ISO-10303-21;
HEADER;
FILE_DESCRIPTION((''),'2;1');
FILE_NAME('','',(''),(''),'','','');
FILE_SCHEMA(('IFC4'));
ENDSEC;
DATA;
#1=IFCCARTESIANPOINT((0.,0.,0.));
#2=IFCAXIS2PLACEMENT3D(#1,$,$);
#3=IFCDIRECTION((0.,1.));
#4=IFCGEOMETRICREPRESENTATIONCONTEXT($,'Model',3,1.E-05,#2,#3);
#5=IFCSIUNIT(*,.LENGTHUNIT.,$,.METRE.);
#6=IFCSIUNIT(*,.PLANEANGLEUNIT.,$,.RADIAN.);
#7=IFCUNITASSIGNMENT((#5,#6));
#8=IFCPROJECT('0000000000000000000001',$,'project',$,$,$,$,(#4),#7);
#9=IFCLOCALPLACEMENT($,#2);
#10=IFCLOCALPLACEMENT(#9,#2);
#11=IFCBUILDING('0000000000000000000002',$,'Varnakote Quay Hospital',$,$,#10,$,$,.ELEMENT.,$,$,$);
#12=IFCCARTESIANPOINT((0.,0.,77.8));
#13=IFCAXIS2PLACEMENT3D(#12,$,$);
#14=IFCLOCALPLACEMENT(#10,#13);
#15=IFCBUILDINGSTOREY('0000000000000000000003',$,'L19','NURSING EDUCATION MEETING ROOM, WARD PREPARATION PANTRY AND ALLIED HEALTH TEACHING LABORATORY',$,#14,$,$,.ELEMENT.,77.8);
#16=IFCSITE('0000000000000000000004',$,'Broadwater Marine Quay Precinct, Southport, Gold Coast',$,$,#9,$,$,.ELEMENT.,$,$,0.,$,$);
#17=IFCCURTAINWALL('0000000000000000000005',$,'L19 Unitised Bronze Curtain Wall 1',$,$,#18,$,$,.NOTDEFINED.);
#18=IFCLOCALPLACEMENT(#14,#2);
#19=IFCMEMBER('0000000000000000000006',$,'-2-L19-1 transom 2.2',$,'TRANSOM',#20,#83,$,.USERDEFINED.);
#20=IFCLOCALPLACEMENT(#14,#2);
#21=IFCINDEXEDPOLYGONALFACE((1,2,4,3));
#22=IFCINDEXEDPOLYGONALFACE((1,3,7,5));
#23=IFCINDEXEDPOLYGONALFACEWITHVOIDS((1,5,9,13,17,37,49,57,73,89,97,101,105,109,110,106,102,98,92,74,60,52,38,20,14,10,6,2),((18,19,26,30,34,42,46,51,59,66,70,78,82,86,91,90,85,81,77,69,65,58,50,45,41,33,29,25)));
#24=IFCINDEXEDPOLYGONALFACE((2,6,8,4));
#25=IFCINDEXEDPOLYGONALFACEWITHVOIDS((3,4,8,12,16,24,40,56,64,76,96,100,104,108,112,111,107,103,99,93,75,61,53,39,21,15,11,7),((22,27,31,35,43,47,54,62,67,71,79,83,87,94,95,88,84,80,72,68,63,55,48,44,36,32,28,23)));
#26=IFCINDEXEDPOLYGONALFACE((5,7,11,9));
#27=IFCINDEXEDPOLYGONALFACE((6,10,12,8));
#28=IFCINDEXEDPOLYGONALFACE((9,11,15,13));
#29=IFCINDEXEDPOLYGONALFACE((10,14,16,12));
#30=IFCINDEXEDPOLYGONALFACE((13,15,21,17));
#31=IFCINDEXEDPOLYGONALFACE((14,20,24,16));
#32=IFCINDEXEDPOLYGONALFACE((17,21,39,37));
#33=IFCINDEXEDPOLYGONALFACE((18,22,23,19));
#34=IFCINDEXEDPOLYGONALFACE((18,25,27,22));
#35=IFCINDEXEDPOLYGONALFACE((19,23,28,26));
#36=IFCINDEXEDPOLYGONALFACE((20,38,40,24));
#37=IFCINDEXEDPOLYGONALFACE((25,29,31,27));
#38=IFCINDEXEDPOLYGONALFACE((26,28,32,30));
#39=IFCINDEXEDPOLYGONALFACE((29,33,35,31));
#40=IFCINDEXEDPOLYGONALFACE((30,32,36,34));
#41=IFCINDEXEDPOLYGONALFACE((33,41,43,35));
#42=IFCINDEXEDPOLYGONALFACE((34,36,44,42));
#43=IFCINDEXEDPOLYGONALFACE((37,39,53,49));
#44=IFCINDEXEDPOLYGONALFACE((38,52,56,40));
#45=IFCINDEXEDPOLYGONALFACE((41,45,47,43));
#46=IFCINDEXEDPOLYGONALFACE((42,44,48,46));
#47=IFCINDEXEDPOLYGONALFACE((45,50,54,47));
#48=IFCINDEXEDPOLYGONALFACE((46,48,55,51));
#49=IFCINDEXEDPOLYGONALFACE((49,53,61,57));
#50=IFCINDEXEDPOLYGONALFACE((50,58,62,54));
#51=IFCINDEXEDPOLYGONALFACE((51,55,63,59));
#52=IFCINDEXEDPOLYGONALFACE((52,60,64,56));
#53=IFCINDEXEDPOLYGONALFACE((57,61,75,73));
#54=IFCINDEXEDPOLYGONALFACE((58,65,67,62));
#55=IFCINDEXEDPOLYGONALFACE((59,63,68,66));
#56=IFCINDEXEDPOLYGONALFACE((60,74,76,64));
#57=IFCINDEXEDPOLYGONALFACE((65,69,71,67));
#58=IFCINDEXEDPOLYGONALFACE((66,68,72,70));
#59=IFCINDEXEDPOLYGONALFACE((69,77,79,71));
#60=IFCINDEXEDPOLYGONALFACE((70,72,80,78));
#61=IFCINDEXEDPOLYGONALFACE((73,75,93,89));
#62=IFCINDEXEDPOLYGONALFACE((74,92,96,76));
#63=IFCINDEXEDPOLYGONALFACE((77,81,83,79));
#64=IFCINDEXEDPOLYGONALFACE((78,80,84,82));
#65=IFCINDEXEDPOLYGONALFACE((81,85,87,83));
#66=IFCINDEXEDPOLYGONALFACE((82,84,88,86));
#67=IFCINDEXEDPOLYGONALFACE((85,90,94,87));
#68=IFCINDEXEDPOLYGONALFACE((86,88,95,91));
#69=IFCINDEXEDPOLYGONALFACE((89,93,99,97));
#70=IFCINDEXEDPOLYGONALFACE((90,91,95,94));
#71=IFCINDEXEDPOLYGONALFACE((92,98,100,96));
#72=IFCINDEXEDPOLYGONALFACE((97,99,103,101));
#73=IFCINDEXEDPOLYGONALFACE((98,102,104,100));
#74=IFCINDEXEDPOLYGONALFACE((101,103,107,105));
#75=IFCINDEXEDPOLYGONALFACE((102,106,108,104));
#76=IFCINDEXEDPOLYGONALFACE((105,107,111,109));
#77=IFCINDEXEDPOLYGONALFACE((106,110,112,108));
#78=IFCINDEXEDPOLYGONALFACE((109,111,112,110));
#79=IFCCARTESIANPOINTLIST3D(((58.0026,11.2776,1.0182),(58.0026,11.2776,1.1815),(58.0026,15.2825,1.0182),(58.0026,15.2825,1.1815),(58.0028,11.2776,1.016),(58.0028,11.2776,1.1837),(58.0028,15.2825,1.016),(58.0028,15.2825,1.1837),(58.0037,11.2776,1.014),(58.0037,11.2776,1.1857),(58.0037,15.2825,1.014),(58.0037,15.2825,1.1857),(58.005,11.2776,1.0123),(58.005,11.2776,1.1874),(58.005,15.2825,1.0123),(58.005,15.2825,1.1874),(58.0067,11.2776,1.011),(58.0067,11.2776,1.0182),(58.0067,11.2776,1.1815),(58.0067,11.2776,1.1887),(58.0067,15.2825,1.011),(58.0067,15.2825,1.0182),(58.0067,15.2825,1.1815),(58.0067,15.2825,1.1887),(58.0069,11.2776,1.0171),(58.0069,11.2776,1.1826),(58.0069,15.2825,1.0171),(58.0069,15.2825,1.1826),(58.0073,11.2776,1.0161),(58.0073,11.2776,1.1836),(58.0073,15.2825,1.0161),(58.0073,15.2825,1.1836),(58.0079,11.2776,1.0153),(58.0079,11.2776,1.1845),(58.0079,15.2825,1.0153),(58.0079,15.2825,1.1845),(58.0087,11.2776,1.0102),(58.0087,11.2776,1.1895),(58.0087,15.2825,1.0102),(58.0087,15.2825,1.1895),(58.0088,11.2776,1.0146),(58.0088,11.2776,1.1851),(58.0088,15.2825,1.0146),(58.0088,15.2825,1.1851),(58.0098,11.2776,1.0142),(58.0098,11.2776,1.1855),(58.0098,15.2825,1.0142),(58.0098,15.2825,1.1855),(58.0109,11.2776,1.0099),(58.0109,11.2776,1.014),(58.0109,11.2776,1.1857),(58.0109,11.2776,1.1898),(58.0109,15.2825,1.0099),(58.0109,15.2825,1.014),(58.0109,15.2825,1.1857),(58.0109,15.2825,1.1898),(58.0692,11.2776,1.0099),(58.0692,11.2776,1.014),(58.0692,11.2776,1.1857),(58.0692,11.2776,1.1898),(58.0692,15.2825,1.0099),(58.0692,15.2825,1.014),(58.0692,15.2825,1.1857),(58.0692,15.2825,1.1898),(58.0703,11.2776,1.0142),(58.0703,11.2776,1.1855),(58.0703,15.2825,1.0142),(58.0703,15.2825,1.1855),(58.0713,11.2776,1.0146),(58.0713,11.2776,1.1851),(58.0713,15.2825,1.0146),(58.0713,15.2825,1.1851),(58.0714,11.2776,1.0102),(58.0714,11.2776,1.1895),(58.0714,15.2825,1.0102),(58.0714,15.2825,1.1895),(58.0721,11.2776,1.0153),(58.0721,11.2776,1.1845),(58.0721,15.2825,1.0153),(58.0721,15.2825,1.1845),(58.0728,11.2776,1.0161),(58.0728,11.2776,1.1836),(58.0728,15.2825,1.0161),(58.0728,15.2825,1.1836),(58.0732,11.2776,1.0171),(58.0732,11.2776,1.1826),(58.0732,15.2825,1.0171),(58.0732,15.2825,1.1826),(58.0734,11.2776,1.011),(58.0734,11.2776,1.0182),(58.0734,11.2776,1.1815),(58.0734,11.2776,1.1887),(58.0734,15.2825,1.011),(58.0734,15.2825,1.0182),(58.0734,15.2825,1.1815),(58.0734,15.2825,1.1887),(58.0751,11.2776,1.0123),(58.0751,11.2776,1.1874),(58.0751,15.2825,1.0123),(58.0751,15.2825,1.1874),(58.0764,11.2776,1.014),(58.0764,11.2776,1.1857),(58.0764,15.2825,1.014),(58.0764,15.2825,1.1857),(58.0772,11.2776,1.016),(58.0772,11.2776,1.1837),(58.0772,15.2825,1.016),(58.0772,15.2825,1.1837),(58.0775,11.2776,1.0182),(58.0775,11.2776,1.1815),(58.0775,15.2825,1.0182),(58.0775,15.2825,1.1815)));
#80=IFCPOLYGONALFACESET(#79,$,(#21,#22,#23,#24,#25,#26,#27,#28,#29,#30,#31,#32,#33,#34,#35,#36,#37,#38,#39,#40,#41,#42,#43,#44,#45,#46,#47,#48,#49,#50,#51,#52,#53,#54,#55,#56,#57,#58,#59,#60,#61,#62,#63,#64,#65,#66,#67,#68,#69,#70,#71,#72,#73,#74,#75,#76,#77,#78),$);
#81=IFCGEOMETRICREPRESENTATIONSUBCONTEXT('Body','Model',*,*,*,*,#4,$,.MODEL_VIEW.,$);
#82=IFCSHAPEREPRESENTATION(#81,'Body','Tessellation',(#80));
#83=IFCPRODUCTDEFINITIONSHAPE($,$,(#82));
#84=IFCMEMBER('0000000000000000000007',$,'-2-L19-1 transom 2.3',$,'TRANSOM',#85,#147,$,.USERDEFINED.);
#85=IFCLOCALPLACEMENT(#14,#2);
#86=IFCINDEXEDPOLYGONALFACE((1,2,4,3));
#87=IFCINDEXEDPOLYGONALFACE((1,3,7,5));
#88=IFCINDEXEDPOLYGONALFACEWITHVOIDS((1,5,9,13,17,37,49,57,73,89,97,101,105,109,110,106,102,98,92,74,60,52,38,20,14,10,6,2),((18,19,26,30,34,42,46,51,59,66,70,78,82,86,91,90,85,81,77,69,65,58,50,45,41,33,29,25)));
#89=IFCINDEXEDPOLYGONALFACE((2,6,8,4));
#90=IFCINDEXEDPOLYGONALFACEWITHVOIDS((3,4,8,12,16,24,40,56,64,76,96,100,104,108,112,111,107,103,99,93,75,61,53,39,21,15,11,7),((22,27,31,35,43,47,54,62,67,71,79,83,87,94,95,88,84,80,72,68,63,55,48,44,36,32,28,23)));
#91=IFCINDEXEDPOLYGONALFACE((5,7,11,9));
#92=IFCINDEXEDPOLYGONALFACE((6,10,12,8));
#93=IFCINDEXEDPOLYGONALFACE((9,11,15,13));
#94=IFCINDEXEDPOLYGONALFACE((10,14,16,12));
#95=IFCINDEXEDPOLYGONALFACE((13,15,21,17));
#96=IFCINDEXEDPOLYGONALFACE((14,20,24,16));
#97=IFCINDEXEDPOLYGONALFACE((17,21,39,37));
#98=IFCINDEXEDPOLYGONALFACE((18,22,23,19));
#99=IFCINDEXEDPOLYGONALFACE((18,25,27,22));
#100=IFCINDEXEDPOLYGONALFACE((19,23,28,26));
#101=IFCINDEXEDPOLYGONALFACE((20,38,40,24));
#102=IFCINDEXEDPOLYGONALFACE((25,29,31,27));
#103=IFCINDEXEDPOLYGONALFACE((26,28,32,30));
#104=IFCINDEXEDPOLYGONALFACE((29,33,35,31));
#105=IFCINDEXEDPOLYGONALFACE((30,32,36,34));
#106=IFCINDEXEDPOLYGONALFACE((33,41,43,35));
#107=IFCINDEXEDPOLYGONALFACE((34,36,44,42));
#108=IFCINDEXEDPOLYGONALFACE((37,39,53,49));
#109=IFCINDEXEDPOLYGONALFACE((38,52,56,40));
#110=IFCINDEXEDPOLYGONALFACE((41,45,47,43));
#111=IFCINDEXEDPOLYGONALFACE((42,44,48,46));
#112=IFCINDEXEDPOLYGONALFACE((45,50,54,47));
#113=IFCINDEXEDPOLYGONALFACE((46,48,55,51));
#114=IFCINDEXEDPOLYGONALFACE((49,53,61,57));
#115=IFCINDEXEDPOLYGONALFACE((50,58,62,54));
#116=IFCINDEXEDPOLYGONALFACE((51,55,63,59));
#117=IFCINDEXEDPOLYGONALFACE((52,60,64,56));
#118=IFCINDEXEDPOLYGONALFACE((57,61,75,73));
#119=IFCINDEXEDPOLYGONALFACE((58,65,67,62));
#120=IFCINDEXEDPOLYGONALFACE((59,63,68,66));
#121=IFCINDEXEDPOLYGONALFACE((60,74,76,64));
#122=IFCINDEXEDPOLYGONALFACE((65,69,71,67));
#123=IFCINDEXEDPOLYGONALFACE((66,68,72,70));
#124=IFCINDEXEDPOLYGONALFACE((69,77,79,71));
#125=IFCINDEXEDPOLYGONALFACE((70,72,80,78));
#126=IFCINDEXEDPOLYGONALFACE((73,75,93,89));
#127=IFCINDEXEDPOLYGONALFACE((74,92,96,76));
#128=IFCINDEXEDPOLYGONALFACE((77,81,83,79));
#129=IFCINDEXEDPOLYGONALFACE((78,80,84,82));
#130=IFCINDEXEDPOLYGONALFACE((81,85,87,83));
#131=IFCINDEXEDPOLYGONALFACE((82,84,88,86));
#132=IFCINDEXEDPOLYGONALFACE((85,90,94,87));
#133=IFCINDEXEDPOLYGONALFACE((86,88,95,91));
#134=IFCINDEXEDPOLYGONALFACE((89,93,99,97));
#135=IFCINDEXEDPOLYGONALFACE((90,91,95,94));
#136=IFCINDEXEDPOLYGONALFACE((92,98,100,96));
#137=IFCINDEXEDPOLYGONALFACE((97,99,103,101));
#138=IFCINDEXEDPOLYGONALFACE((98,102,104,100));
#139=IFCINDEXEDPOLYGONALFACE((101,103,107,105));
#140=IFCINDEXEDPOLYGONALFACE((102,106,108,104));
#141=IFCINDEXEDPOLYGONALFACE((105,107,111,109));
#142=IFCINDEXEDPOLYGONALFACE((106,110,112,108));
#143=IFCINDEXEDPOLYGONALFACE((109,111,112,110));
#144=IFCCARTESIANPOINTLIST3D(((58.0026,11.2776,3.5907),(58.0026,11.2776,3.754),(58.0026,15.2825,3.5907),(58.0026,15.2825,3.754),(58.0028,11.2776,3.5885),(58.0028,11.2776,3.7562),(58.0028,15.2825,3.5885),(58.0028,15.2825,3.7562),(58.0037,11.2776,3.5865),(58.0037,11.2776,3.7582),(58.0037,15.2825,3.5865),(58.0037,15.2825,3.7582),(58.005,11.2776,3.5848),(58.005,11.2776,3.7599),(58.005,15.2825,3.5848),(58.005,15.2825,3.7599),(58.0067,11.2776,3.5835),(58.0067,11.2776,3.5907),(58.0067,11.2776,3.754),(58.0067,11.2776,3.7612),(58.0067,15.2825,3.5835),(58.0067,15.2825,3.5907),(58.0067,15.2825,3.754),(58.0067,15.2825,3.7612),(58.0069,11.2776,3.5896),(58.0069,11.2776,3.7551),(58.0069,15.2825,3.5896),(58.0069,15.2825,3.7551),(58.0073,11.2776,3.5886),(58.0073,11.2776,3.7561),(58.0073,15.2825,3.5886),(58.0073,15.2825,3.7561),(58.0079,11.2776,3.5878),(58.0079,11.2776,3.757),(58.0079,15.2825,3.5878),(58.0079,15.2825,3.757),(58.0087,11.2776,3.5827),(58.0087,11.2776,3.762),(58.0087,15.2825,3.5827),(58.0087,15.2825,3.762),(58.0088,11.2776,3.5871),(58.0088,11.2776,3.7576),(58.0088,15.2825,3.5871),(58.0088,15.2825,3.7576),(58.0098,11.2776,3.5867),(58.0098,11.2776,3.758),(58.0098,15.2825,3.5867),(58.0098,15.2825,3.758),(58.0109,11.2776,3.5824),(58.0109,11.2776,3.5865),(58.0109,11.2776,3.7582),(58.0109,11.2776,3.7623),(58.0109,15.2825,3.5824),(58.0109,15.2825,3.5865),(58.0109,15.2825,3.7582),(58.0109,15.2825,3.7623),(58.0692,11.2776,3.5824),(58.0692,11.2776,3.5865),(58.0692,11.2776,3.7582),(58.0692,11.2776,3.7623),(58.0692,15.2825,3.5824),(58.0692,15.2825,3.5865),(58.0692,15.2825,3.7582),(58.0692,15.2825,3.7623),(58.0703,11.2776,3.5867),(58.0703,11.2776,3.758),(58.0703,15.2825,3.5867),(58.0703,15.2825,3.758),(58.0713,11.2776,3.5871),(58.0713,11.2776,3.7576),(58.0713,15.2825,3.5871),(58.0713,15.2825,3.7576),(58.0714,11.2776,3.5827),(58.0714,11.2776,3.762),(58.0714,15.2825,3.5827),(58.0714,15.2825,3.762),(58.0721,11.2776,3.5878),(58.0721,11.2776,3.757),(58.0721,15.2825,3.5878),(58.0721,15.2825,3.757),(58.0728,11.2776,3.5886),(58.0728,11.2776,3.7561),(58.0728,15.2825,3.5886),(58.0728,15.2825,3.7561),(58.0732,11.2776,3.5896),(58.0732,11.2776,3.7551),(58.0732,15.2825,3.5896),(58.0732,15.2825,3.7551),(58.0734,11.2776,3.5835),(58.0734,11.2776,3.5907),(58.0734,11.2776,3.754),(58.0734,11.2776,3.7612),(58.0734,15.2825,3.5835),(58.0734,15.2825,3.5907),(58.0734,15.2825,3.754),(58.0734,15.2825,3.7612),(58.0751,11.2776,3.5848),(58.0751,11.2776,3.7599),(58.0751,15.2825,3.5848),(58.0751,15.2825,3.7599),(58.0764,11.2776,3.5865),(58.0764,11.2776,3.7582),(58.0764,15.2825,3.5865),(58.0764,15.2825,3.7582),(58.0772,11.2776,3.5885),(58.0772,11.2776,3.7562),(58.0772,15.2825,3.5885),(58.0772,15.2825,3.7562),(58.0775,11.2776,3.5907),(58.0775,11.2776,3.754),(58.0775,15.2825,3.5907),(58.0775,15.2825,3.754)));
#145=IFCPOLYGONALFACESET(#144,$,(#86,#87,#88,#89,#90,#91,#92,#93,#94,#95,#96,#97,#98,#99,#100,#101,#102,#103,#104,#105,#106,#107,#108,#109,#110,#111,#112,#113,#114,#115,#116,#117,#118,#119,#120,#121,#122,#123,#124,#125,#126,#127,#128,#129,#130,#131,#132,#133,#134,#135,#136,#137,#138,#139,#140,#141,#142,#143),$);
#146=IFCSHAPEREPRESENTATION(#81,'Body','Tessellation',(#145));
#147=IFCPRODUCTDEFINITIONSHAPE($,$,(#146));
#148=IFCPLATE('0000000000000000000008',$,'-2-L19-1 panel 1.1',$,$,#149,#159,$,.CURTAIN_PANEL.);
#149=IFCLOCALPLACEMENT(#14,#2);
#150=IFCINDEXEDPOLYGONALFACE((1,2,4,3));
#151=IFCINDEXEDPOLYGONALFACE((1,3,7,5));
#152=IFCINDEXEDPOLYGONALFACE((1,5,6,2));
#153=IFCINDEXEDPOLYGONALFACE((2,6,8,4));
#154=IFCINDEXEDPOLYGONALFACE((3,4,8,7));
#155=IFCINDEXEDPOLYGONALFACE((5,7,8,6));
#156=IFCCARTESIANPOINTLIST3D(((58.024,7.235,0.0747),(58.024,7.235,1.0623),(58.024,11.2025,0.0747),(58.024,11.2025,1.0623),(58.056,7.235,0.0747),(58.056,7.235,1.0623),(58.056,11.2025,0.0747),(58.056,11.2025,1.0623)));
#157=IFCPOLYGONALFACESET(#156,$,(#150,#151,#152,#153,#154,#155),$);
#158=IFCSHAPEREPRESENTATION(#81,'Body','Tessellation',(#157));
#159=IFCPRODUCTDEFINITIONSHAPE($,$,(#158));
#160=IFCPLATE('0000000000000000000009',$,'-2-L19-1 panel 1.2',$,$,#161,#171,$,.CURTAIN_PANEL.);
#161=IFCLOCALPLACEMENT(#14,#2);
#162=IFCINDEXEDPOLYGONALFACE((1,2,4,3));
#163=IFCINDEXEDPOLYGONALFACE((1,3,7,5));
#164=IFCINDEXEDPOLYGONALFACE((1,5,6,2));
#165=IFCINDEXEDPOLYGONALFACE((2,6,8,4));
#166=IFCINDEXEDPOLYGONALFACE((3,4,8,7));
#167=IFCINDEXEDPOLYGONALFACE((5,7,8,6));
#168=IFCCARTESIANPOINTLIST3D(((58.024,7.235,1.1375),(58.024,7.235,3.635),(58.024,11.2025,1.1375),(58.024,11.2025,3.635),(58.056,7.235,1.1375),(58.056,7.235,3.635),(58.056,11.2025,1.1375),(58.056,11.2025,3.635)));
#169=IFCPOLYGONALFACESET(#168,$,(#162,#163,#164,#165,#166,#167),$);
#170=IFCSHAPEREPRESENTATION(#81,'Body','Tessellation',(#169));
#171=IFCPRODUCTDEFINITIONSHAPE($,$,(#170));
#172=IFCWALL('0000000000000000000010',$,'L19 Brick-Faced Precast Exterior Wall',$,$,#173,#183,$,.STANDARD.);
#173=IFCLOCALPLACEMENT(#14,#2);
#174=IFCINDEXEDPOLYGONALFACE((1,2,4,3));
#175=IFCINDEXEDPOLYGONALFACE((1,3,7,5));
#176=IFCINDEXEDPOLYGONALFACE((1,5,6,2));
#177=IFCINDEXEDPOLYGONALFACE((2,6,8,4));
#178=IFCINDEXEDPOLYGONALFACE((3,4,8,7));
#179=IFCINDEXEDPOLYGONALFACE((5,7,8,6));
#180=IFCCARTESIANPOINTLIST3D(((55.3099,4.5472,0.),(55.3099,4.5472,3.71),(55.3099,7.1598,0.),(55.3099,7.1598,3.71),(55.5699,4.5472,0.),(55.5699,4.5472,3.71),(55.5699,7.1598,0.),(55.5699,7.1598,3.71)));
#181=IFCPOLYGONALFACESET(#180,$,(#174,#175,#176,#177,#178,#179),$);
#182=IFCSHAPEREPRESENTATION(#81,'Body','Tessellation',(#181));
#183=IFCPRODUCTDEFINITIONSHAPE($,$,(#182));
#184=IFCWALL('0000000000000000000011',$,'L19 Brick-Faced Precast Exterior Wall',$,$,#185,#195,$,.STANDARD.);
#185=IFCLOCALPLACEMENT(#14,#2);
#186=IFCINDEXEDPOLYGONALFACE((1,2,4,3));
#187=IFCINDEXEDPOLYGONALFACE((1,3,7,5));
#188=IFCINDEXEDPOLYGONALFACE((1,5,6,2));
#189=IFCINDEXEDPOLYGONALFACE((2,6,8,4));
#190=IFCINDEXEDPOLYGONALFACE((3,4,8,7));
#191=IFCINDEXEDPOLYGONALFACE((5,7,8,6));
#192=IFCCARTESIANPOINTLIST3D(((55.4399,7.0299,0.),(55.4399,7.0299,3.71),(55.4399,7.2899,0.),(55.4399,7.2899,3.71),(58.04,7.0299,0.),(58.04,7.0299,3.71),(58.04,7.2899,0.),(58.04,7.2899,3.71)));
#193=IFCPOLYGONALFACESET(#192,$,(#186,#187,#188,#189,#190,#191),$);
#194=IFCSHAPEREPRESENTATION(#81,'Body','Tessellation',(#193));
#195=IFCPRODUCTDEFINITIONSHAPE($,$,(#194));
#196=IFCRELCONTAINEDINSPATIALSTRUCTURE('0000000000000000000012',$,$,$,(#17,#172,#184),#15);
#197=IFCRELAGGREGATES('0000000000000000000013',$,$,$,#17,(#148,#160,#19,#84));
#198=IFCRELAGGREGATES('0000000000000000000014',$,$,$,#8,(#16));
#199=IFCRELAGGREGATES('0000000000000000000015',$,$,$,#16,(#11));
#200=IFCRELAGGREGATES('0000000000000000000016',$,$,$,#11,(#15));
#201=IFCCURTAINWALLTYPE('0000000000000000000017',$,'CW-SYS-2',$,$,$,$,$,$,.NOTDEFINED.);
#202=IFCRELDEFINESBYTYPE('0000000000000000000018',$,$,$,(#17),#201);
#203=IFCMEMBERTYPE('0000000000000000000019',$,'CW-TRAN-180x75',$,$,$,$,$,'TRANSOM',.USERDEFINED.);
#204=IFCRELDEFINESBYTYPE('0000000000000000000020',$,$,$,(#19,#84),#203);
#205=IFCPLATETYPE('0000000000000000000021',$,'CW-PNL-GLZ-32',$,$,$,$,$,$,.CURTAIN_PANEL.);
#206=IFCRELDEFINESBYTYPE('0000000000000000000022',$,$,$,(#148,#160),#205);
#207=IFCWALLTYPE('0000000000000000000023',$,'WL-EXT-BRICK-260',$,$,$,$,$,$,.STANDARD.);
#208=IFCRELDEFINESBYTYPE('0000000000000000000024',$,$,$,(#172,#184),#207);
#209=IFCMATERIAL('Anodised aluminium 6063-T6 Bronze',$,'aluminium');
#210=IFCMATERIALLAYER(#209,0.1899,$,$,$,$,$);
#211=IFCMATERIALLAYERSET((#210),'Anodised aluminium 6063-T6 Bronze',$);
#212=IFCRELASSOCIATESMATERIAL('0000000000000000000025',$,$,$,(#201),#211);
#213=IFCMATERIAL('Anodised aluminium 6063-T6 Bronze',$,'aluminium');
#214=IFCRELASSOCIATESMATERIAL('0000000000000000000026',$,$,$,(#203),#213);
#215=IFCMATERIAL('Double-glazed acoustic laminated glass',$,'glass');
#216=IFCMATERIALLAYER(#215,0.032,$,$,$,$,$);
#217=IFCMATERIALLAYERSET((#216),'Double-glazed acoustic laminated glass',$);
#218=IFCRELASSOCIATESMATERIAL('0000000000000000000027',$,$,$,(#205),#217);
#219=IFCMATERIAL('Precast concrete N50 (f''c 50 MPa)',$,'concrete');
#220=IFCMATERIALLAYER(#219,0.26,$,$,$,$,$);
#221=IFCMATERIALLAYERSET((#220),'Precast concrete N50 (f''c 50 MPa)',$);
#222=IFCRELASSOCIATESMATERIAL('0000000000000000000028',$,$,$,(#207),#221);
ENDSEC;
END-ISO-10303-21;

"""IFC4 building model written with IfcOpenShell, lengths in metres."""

from ifc_helpers import new_model, si_unit, direction, frame, frame_2d, origin, origin_2d, place, context, subcontext, project, spatial, rectangle, hollow_rectangle, extrude, material, layer, layer_set, material_profile, profile_set, type_object, element, aggregate, save


model = new_model("IFC4")

# Units and contexts
model_context = context("Model", 3, precision=1e-05, world=origin(), true_north=direction((0.0, 1.0)))
body_context = subcontext(model_context, "Body", "Model", "MODEL_VIEW")
ifc_project = project(units=[si_unit("LENGTHUNIT", "METRE"), si_unit("PLANEANGLEUNIT", "RADIAN")], contexts=[model_context])

# Site, building, storey
site_placement = place(None, origin())
site = spatial("IfcSite", under=ifc_project, at=site_placement, Name="Broadwater Marine Quay Precinct, Southport, Gold Coast", CompositionType="ELEMENT", RefElevation=0.0)
building_placement = place(site_placement, origin())
building = spatial("IfcBuilding", under=site, at=building_placement, Name="Varnakote Quay Hospital", CompositionType="ELEMENT")
storey_placement = place(building_placement, frame((0.0, 0.0, 77.8)))
storey = spatial("IfcBuildingStorey", under=building, at=storey_placement, Name="L19", Description="NURSING EDUCATION MEETING ROOM, WARD PREPARATION PANTRY AND ALLIED HEALTH TEACHING LABORATORY", CompositionType="ELEMENT", Elevation=77.8)

# Curtain wall, members, plates
ifc_material_1 = material(Name="Anodised aluminium 6063-T6 Bronze", Category="aluminium")
ifc_layer_1 = layer(ifc_material_1, 0.1899)
ifc_layer_set_1 = layer_set([ifc_layer_1], Name="Anodised aluminium 6063-T6 Bronze")
curtain_wall_type = type_object("IfcCurtainWallType", Name="CW-SYS-2", PredefinedType="NOTDEFINED", material=ifc_layer_set_1)
curtain_wall_placement = place(storey_placement, origin())
curtain_wall = element("IfcCurtainWall", 1, at=curtain_wall_placement, inside=storey, type_object=curtain_wall_type, Name="L19 Unitised Bronze Curtain Wall 1", PredefinedType="NOTDEFINED")
ifc_material_2 = material(Name="Anodised aluminium 6063-T6 Bronze", Category="aluminium")
ifc_material_profile_1 = material_profile(ifc_material_2, hollow_rectangle(XDim=0.075, YDim=0.1799, WallThickness=0.0042, InnerFilletRadius=0.0042, OuterFilletRadius=0.0083, at=origin_2d()), Name="CW-TRAN-180x75")
ifc_profile_set_1 = profile_set([ifc_material_profile_1], Name="Anodised aluminium 6063-T6 Bronze")
member_type_1 = type_object("IfcMemberType", Name="CW-TRAN-180x75", ElementType="TRANSOM", PredefinedType="USERDEFINED", material=ifc_profile_set_1)
member_1_placement = place(storey_placement, frame((58.04, 11.2776, 1.0999), z_axis=(0.0, 1.0, 0.0), x_axis=(-1.0, 0.0, 0.0)))
member_1 = element("IfcMember", 2, at=member_1_placement, type_object=member_type_1, Name="-2-L19-1 transom 2.2", ObjectType="TRANSOM", PredefinedType="USERDEFINED", context=body_context, shape_type="SweptSolid", body=[
    extrude(hollow_rectangle(XDim=0.075, YDim=0.1799, WallThickness=0.0042, InnerFilletRadius=0.0042, OuterFilletRadius=0.0083, at=origin_2d()), origin(), (0.0, 0.0, 1.0), 4.0049),
])
member_2_placement = place(storey_placement, frame((58.04, 11.2776, 3.6724), z_axis=(0.0, 1.0, 0.0), x_axis=(-1.0, 0.0, 0.0)))
member_2 = element("IfcMember", 3, at=member_2_placement, type_object=member_type_1, Name="-2-L19-1 transom 2.3", ObjectType="TRANSOM", PredefinedType="USERDEFINED", context=body_context, shape_type="SweptSolid", body=[
    extrude(hollow_rectangle(XDim=0.075, YDim=0.1799, WallThickness=0.0042, InnerFilletRadius=0.0042, OuterFilletRadius=0.0083, at=origin_2d()), origin(), (0.0, 0.0, 1.0), 4.0049),
])
ifc_material_3 = material(Name="Double-glazed acoustic laminated glass", Category="glass")
ifc_layer_2 = layer(ifc_material_3, 0.032)
ifc_layer_set_2 = layer_set([ifc_layer_2], Name="Double-glazed acoustic laminated glass")
plate_type = type_object("IfcPlateType", Name="CW-PNL-GLZ-32", PredefinedType="CURTAIN_PANEL", material=ifc_layer_set_2)
plate_1_placement = place(storey_placement, frame((58.04, 9.2188, 0.0747), z_axis=(0.0, 0.0, 1.0), x_axis=(0.0, 1.0, 0.0)))
plate_1 = element("IfcPlate", 4, at=plate_1_placement, type_object=plate_type, Name="-2-L19-1 panel 1.1", PredefinedType="CURTAIN_PANEL", context=body_context, shape_type="SweptSolid", body=[
    extrude(rectangle(XDim=3.9675, YDim=0.032, at=origin_2d()), origin(), (0.0, 0.0, 1.0), 0.9875),
])
plate_2_placement = place(storey_placement, frame((58.04, 9.2188, 1.1375), z_axis=(0.0, 0.0, 1.0), x_axis=(0.0, 1.0, 0.0)))
plate_2 = element("IfcPlate", 5, at=plate_2_placement, type_object=plate_type, Name="-2-L19-1 panel 1.2", PredefinedType="CURTAIN_PANEL", context=body_context, shape_type="SweptSolid", body=[
    extrude(rectangle(XDim=3.9675, YDim=0.032, at=origin_2d()), origin(), (0.0, 0.0, 1.0), 2.4976),
])
aggregate(curtain_wall, [plate_1, plate_2, member_1, member_2])

# Walls
ifc_material_4 = material(Name="Precast concrete N50 (f'c 50 MPa)", Category="concrete")
ifc_layer_3 = layer(ifc_material_4, 0.26)
ifc_layer_set_3 = layer_set([ifc_layer_3], Name="Precast concrete N50 (f'c 50 MPa)")
wall_type_1 = type_object("IfcWallType", Name="WL-EXT-BRICK-260", PredefinedType="STANDARD", material=ifc_layer_set_3)
wall_1_placement = place(storey_placement, frame((55.4399, 4.5474, 0.0), z_axis=(0.0, 0.0, 1.0), x_axis=(0.0, 1.0, 0.0)))
element("IfcWall", 6, at=wall_1_placement, inside=storey, type_object=wall_type_1, Name="L19 Brick-Faced Precast Exterior Wall", PredefinedType="STANDARD", context=body_context, shape_type="SweptSolid", body=[
    extrude(rectangle(XDim=2.6125, YDim=0.26, at=frame_2d((1.3062, 0.0))), origin(), (0.0, 0.0, 1.0), 3.71),
])
wall_2_placement = place(storey_placement, frame((55.4399, 7.1599, 0.0), z_axis=(0.0, 0.0, 1.0), x_axis=(1.0, 0.0, 0.0)))
element("IfcWall", 7, at=wall_2_placement, inside=storey, type_object=wall_type_1, Name="L19 Brick-Faced Precast Exterior Wall", PredefinedType="STANDARD", context=body_context, shape_type="SweptSolid", body=[
    extrude(rectangle(XDim=2.6001, YDim=0.26, at=frame_2d((1.3, 0.0))), origin(), (0.0, 0.0, 1.0), 3.71),
])

save(model, "model.ifc")
